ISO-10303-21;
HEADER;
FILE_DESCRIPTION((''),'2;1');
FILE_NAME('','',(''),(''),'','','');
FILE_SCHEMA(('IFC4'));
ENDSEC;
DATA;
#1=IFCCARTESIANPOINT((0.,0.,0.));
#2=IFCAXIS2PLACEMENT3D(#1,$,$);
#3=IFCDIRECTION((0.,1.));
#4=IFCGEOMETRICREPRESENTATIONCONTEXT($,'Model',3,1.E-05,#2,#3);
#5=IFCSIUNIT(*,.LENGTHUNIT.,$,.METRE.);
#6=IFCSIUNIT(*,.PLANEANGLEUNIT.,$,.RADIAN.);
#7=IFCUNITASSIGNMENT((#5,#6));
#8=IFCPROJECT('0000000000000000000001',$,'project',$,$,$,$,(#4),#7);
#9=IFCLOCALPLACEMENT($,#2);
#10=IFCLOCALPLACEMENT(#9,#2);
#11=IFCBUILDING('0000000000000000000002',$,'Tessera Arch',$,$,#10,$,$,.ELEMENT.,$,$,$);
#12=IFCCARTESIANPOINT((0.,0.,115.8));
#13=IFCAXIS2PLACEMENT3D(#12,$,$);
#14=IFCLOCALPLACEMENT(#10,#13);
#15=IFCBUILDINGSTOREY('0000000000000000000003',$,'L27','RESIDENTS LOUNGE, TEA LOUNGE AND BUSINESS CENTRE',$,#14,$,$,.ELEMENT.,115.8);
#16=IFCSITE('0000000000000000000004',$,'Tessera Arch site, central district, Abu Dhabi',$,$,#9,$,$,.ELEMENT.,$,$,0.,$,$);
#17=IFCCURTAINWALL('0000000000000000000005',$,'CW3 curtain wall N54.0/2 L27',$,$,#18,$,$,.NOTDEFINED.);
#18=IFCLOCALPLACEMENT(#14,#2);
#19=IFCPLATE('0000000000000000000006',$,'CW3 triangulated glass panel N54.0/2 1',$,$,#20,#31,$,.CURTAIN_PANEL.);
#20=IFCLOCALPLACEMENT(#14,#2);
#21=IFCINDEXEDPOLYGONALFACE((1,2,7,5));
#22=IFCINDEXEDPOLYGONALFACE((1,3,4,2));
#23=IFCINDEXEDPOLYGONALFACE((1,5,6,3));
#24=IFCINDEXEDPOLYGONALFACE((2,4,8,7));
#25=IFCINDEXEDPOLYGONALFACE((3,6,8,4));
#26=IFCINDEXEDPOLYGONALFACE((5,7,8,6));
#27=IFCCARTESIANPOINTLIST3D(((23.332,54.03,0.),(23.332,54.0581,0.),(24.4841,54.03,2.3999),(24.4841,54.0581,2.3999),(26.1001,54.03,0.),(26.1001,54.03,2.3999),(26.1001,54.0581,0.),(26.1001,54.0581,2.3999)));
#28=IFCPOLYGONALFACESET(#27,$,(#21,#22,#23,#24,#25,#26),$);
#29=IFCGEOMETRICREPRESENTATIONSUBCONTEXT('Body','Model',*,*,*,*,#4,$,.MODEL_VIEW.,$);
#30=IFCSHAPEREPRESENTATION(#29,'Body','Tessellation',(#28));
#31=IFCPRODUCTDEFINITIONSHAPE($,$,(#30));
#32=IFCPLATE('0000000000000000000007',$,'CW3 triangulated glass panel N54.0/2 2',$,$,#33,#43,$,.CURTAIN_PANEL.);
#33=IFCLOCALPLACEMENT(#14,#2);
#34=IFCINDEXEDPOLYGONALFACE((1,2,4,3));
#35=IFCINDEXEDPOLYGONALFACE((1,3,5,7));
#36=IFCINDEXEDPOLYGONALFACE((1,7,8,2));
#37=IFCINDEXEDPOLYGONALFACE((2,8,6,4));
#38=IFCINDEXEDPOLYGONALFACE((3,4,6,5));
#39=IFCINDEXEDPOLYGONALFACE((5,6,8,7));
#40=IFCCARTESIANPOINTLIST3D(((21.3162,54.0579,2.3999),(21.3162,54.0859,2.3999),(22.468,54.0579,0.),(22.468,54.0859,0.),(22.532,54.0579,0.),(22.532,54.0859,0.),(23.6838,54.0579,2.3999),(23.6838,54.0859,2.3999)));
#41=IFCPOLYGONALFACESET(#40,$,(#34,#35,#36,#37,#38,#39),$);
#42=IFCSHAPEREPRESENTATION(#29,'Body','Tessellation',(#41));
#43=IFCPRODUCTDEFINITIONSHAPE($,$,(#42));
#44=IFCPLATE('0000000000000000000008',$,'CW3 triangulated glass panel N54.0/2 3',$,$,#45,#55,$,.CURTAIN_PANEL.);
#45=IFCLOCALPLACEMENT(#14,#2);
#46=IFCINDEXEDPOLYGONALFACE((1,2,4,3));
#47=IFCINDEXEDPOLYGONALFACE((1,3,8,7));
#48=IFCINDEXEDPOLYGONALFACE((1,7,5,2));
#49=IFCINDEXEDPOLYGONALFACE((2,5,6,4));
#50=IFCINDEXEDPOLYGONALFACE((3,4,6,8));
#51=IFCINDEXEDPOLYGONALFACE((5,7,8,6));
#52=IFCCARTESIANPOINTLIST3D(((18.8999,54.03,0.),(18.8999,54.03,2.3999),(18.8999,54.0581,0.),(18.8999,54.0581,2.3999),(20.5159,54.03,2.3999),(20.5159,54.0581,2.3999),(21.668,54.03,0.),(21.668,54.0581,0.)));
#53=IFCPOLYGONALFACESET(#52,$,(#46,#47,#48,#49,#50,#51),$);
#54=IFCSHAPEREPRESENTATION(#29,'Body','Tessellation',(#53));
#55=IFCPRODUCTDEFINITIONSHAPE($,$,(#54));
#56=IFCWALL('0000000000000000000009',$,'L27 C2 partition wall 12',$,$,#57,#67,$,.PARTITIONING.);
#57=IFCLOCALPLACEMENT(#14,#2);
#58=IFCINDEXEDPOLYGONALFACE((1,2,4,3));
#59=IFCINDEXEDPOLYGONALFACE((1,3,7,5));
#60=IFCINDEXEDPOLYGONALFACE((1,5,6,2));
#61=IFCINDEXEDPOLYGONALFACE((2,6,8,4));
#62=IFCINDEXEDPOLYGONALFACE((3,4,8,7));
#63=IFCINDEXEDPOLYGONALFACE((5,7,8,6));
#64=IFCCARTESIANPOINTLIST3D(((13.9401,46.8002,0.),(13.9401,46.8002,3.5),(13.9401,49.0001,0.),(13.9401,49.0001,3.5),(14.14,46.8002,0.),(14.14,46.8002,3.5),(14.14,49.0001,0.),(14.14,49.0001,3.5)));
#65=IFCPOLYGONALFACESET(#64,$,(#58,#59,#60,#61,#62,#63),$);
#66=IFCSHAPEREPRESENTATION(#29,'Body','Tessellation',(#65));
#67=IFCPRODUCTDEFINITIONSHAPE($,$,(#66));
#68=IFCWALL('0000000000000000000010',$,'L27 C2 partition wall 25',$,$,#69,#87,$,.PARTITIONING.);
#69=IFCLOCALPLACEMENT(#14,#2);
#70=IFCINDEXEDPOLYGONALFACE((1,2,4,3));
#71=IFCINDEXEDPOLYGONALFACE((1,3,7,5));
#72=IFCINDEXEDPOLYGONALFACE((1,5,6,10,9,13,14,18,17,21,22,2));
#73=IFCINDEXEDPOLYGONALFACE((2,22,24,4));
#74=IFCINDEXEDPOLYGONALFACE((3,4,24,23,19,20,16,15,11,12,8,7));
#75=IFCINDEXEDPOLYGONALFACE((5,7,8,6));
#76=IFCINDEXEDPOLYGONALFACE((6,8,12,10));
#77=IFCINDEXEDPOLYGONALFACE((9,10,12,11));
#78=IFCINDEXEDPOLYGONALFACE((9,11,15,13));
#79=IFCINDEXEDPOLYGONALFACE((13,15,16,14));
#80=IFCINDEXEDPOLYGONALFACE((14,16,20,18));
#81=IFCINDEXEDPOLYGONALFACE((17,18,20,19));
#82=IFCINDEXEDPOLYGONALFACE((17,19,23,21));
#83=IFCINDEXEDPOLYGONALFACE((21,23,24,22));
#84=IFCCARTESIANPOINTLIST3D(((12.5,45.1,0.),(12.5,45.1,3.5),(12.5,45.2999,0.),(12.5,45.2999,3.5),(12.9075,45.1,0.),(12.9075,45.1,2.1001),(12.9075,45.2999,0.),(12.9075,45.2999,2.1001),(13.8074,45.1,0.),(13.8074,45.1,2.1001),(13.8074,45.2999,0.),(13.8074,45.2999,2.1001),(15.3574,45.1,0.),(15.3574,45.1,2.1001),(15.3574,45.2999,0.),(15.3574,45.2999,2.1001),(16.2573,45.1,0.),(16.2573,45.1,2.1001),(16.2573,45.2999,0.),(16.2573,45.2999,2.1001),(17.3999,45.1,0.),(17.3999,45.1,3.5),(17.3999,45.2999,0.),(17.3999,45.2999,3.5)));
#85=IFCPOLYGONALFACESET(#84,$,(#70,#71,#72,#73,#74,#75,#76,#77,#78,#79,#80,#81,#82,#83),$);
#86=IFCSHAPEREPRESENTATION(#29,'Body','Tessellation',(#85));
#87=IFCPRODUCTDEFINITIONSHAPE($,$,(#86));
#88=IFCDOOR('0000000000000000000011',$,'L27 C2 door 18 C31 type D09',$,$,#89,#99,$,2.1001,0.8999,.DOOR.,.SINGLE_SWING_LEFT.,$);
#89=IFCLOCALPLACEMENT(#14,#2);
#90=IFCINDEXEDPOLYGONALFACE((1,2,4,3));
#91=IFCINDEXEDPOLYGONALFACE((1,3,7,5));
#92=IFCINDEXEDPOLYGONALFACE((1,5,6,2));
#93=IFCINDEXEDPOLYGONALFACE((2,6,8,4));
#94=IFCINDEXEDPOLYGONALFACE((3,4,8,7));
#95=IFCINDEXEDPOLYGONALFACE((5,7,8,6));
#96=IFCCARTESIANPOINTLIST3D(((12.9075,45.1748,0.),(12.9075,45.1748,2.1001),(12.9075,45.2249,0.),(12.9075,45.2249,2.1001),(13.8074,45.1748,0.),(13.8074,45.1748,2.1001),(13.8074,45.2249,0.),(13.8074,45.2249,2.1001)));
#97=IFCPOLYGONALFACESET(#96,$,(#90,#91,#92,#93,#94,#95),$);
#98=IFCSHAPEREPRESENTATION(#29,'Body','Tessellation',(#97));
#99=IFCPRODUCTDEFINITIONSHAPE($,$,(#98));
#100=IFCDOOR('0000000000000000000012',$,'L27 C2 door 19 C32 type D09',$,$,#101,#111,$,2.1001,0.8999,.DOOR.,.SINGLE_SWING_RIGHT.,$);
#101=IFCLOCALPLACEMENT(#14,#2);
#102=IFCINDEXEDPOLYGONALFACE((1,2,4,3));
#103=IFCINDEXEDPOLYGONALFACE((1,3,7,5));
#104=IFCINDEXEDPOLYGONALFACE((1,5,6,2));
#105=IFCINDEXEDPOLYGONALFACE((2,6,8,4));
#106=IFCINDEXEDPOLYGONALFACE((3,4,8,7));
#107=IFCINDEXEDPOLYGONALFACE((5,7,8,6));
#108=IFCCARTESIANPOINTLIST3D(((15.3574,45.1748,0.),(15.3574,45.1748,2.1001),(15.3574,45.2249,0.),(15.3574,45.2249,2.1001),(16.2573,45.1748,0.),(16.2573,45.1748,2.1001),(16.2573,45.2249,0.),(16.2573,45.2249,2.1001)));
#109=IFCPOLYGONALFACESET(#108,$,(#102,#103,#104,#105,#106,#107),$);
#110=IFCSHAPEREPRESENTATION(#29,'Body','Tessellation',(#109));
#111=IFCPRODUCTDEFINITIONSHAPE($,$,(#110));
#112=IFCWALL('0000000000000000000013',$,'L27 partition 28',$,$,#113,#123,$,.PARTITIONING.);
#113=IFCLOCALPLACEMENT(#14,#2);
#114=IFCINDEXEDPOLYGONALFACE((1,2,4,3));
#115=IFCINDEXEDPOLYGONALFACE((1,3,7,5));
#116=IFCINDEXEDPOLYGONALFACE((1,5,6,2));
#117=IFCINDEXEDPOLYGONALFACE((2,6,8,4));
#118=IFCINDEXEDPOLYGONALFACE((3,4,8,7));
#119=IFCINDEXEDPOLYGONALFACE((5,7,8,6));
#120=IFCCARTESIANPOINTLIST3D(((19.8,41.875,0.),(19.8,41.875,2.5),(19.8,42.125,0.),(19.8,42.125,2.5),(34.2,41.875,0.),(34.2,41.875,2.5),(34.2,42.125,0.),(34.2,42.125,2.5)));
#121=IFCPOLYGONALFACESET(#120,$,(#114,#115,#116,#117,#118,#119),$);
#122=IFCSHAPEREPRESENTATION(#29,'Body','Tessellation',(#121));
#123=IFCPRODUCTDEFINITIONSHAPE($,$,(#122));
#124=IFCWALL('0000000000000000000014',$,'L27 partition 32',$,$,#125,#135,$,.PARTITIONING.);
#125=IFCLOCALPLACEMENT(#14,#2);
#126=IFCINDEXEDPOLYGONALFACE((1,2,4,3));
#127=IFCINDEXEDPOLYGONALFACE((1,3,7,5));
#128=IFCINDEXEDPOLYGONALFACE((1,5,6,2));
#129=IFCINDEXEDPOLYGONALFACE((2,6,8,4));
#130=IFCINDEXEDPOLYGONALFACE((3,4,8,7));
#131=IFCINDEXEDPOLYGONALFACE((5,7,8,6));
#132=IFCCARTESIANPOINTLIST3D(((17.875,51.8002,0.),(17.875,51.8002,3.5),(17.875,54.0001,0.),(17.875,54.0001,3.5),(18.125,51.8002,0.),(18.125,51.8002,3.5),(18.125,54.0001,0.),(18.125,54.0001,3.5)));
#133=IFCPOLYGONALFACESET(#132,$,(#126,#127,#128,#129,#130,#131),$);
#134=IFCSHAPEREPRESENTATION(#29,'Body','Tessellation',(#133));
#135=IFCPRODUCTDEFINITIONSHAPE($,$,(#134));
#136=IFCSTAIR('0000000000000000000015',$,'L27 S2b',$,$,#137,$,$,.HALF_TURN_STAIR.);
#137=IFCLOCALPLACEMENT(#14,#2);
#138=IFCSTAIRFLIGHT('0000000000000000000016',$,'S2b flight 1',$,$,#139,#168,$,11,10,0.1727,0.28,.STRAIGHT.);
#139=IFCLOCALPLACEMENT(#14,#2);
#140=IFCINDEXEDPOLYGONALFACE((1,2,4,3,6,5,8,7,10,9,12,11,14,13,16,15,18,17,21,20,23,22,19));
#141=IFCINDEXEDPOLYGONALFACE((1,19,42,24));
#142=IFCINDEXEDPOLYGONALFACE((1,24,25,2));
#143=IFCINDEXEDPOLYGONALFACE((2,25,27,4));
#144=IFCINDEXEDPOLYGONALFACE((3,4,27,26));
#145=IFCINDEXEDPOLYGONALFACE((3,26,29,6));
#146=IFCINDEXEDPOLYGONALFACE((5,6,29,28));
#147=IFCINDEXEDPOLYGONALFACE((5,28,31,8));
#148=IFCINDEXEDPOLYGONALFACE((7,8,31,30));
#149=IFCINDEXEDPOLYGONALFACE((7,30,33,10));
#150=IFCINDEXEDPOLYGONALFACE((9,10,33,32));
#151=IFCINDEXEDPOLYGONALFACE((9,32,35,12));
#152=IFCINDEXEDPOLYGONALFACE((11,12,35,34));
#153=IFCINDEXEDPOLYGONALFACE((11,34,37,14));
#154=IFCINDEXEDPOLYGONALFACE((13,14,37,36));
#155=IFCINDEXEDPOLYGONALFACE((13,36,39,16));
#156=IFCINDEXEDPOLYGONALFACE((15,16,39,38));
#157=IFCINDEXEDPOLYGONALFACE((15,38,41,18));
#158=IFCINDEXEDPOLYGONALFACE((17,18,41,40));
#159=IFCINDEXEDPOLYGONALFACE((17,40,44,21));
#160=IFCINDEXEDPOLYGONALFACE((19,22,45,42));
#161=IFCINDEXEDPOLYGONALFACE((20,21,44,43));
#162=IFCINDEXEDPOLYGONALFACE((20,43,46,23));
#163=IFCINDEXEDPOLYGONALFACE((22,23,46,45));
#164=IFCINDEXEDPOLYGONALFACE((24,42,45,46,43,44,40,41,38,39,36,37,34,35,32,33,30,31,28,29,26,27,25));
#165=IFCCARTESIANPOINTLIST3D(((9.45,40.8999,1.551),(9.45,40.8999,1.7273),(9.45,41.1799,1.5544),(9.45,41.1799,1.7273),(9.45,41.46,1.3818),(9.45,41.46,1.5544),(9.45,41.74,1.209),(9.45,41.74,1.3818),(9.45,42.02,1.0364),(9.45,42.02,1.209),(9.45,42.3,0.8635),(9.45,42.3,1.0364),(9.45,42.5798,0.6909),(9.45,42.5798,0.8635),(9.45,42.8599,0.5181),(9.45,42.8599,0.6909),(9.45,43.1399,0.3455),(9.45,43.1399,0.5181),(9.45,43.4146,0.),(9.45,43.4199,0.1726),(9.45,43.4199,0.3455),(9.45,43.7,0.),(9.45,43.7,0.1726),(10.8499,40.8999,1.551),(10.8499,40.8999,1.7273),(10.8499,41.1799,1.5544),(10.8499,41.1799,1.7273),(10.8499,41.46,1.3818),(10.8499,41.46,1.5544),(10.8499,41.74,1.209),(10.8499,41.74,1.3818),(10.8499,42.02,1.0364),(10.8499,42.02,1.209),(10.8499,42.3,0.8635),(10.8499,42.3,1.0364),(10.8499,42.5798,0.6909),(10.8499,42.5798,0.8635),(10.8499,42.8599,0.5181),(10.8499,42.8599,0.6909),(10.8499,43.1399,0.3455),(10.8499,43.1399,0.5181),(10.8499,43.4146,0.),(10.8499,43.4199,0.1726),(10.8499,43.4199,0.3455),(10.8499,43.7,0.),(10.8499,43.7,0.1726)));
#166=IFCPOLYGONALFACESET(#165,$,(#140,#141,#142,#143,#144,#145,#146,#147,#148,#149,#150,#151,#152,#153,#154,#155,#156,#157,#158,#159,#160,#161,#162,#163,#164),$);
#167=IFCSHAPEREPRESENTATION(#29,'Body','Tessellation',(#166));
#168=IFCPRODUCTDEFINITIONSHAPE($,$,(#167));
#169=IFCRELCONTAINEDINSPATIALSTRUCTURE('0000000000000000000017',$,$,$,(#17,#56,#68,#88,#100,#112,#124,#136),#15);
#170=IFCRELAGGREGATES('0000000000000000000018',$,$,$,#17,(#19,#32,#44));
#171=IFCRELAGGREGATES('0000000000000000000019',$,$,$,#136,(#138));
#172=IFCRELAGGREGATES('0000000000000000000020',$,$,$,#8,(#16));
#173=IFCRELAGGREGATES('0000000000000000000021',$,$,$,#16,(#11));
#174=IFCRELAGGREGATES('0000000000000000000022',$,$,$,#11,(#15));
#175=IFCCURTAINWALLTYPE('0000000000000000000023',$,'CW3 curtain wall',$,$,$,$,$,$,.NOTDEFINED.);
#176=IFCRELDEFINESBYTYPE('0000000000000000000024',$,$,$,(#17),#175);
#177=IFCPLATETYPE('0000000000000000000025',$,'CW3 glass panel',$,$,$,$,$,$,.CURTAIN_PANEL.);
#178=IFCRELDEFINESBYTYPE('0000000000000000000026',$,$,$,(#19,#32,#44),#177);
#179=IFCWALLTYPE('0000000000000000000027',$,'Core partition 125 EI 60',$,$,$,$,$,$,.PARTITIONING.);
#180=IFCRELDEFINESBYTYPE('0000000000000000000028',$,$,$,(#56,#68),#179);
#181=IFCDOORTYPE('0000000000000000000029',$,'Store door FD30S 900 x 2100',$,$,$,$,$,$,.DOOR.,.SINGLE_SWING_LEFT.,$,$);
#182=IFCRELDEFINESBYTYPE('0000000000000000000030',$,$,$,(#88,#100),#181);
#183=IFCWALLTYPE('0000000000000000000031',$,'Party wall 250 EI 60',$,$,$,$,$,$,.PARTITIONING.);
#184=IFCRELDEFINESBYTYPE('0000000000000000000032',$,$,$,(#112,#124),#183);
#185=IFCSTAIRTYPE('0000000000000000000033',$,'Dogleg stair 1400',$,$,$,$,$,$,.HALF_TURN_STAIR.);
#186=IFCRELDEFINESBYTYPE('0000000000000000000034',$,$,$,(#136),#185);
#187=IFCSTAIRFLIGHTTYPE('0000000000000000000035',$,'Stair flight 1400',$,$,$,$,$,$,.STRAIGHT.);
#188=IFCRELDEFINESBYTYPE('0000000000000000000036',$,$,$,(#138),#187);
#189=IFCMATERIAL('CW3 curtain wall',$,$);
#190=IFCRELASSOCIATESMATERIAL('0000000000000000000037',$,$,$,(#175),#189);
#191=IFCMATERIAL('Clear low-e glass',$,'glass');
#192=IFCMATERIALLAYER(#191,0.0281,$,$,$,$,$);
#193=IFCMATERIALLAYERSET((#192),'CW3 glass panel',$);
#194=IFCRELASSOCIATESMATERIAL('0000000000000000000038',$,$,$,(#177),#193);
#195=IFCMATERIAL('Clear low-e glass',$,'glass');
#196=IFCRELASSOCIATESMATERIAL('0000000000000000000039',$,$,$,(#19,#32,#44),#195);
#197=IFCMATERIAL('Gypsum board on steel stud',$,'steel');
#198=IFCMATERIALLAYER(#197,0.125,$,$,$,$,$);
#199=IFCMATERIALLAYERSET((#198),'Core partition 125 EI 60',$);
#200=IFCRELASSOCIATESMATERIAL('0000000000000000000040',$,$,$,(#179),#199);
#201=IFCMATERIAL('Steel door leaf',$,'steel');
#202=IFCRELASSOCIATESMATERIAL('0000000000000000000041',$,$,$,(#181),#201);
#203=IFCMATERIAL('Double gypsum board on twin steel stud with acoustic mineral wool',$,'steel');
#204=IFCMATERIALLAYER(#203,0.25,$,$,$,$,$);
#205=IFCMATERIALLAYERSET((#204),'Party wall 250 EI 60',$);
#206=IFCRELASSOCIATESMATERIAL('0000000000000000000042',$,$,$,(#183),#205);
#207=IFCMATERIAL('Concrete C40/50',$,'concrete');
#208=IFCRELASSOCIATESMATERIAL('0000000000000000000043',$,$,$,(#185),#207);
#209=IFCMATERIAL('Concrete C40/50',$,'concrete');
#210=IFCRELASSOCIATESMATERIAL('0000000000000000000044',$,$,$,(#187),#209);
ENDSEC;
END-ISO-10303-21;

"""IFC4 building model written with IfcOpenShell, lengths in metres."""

from ifc_helpers import new_model, si_unit, direction, frame, frame_2d, origin, place, context, subcontext, project, spatial, polyline, rectangle, outline, extrude, material, layer, layer_set, type_object, element, fill, aggregate, save


model = new_model("IFC4")

# Units and contexts
model_context = context("Model", 3, precision=1e-05, world=origin(), true_north=direction((0.0, 1.0)))
body_context = subcontext(model_context, "Body", "Model", "MODEL_VIEW")
ifc_project = project(units=[si_unit("LENGTHUNIT", "METRE"), si_unit("PLANEANGLEUNIT", "RADIAN")], contexts=[model_context])

# Site, building, storey
site_placement = place(None, origin())
site = spatial("IfcSite", under=ifc_project, at=site_placement, Name="Tessera Arch site, central district, Abu Dhabi", CompositionType="ELEMENT", RefElevation=0.0)
building_placement = place(site_placement, origin())
building = spatial("IfcBuilding", under=site, at=building_placement, Name="Tessera Arch", CompositionType="ELEMENT")
storey_placement = place(building_placement, frame((0.0, 0.0, 115.8)))
storey = spatial("IfcBuildingStorey", under=building, at=storey_placement, Name="L27", Description="RESIDENTS LOUNGE, TEA LOUNGE AND BUSINESS CENTRE", CompositionType="ELEMENT", Elevation=115.8)

# Curtain wall
ifc_material_1 = material(Name="CW3 curtain wall")
curtain_wall_type_1 = type_object("IfcCurtainWallType", Name="CW3 curtain wall", PredefinedType="NOTDEFINED", material=ifc_material_1)
curtain_wall_1_placement = place(storey_placement, origin())
curtain_wall_1 = element("IfcCurtainWall", 1, at=curtain_wall_1_placement, inside=storey, type_object=curtain_wall_type_1, Name="CW3 curtain wall N54.0/2 L27", PredefinedType="NOTDEFINED")

# Plates
ifc_material_2 = material(Name="Clear low-e glass", Category="glass")
ifc_material_3 = material(Name="Clear low-e glass", Category="glass")
ifc_layer_1 = layer(ifc_material_3, 0.0281)
ifc_layer_set_1 = layer_set([ifc_layer_1], Name="CW3 glass panel")
plate_type_1 = type_object("IfcPlateType", Name="CW3 glass panel", PredefinedType="CURTAIN_PANEL", material=ifc_layer_set_1)
plate_1_placement = place(storey_placement, frame((26.1001, 54.0581, 0.0), z_axis=(0.0, 1.0, 0.0), x_axis=(-1.0, 0.0, 0.0)))
plate_1 = element("IfcPlate", 2, at=plate_1_placement, type_object=plate_type_1, material=ifc_material_2, Name="CW3 triangulated glass panel N54.0/2 1", PredefinedType="CURTAIN_PANEL", context=body_context, shape_type="SweptSolid", body=[
    extrude(outline(polyline([(0.0, 0.0), (2.7681, 0.0), (1.616, 2.3999), (0.0, 2.3999), (0.0, 0.0)])), origin(), (0.0, 0.0, -1.0), 0.0281),
])
plate_2_placement = place(storey_placement, frame((21.3162, 54.0859, 2.3999), z_axis=(0.0, 1.0, 0.0), x_axis=(1.0, 0.0, 0.0)))
plate_2 = element("IfcPlate", 3, at=plate_2_placement, type_object=plate_type_1, material=ifc_material_2, Name="CW3 triangulated glass panel N54.0/2 2", PredefinedType="CURTAIN_PANEL", context=body_context, shape_type="SweptSolid", body=[
    extrude(outline(polyline([(0.0, 0.0), (2.3677, 0.0), (1.2158, 2.3999), (1.1519, 2.3999), (0.0, 0.0)])), origin(), (0.0, 0.0, -1.0), 0.0281),
])
plate_3_placement = place(storey_placement, frame((18.8999, 54.0581, 2.3999), z_axis=(0.0, 1.0, 0.0), x_axis=(1.0, 0.0, 0.0)))
plate_3 = element("IfcPlate", 4, at=plate_3_placement, type_object=plate_type_1, material=ifc_material_2, Name="CW3 triangulated glass panel N54.0/2 3", PredefinedType="CURTAIN_PANEL", context=body_context, shape_type="SweptSolid", body=[
    extrude(outline(polyline([(0.0, 0.0), (1.616, 0.0), (2.7681, 2.3999), (0.0, 2.3999), (0.0, 0.0)])), origin(), (0.0, 0.0, -1.0), 0.0281),
])
aggregate(curtain_wall_1, [plate_1, plate_2, plate_3])

# Wall
ifc_material_4 = material(Name="Gypsum board on steel stud", Category="steel")
ifc_layer_2 = layer(ifc_material_4, 0.125)
ifc_layer_set_2 = layer_set([ifc_layer_2], Name="Core partition 125 EI 60")
wall_type_1 = type_object("IfcWallType", Name="Core partition 125 EI 60", PredefinedType="PARTITIONING", material=ifc_layer_set_2)
wall_1_placement = place(storey_placement, frame((14.04, 46.8, 0.0), z_axis=(0.0, 0.0, 1.0), x_axis=(0.0, 1.0, 0.0)))
element("IfcWall", 5, at=wall_1_placement, inside=storey, type_object=wall_type_1, Name="L27 C2 partition wall 12", PredefinedType="PARTITIONING", context=body_context, shape_type="SweptSolid", body=[
    extrude(rectangle(XDim=2.2, YDim=0.2, at=frame_2d((1.1001, 0.0))), origin(), (0.0, 0.0, 1.0), 3.5),
])

# Wall, openings, doors
wall_2_placement = place(storey_placement, frame((12.5, 45.2, 0.0), z_axis=(0.0, 0.0, 1.0), x_axis=(1.0, 0.0, 0.0)))
wall_2 = element("IfcWall", 6, at=wall_2_placement, inside=storey, type_object=wall_type_1, Name="L27 C2 partition wall 25", PredefinedType="PARTITIONING", context=body_context, shape_type="SweptSolid", body=[
    extrude(rectangle(XDim=4.8999, YDim=0.2, at=frame_2d((2.45, 0.0))), origin(), (0.0, 0.0, 1.0), 3.5),
])
opening_1_placement = place(wall_2_placement, frame((0.4075, 0.0, 0.0)))
opening_1 = element("IfcOpeningElement", 7, at=opening_1_placement, cuts=wall_2, PredefinedType="OPENING", context=body_context, shape_type="SweptSolid", body=[
    extrude(rectangle(XDim=0.8999, YDim=2.1001, at=frame_2d((0.45, 1.05))), frame((0.0, 0.1099, 0.0), z_axis=(0.0, -1.0, 0.0), x_axis=(1.0, 0.0, 0.0)), (0.0, 0.0, 1.0), 0.22),
])
opening_2_placement = place(wall_2_placement, frame((2.8574, 0.0, 0.0)))
opening_2 = element("IfcOpeningElement", 8, at=opening_2_placement, cuts=wall_2, PredefinedType="OPENING", context=body_context, shape_type="SweptSolid", body=[
    extrude(rectangle(XDim=0.8999, YDim=2.1001, at=frame_2d((0.45, 1.05))), frame((0.0, 0.1099, 0.0), z_axis=(0.0, -1.0, 0.0), x_axis=(1.0, 0.0, 0.0)), (0.0, 0.0, 1.0), 0.22),
])
ifc_material_5 = material(Name="Steel door leaf", Category="steel")
door_type = type_object("IfcDoorType", Name="Store door FD30S 900 x 2100", OperationType="SINGLE_SWING_LEFT", PredefinedType="DOOR", material=ifc_material_5)
door_1_placement = place(opening_1_placement, origin())
door_1 = element("IfcDoor", 9, at=door_1_placement, inside=storey, type_object=door_type, Name="L27 C2 door 18 C31 type D09", OperationType="SINGLE_SWING_LEFT", OverallHeight=2.1001, OverallWidth=0.8999, PredefinedType="DOOR", context=body_context, shape_type="SweptSolid", body=[
    extrude(rectangle(XDim=0.8999, YDim=2.1001, at=frame_2d((0.45, 1.05))), frame((0.0, 0.0249, 0.0), z_axis=(0.0, -1.0, 0.0), x_axis=(1.0, 0.0, 0.0)), (0.0, 0.0, 1.0), 0.05),
])
fill(opening_1, door_1)
door_2_placement = place(opening_2_placement, origin())
door_2 = element("IfcDoor", 10, at=door_2_placement, inside=storey, type_object=door_type, Name="L27 C2 door 19 C32 type D09", OperationType="SINGLE_SWING_RIGHT", OverallHeight=2.1001, OverallWidth=0.8999, PredefinedType="DOOR", context=body_context, shape_type="SweptSolid", body=[
    extrude(rectangle(XDim=0.8999, YDim=2.1001, at=frame_2d((0.45, 1.05))), frame((0.0, 0.0249, 0.0), z_axis=(0.0, -1.0, 0.0), x_axis=(1.0, 0.0, 0.0)), (0.0, 0.0, 1.0), 0.05),
])
fill(opening_2, door_2)

# Walls
ifc_material_6 = material(Name="Double gypsum board on twin steel stud with acoustic mineral wool", Category="steel")
ifc_layer_3 = layer(ifc_material_6, 0.25)
ifc_layer_set_3 = layer_set([ifc_layer_3], Name="Party wall 250 EI 60")
wall_type_2 = type_object("IfcWallType", Name="Party wall 250 EI 60", PredefinedType="PARTITIONING", material=ifc_layer_set_3)
wall_3_placement = place(storey_placement, frame((19.8, 42.0, 0.0), z_axis=(0.0, 0.0, 1.0), x_axis=(1.0, 0.0, 0.0)))
element("IfcWall", 11, at=wall_3_placement, inside=storey, type_object=wall_type_2, Name="L27 partition 28", PredefinedType="PARTITIONING", context=body_context, shape_type="SweptSolid", body=[
    extrude(rectangle(XDim=14.3999, YDim=0.25, at=frame_2d((7.2, 0.0))), origin(), (0.0, 0.0, 1.0), 2.5),
])
wall_4_placement = place(storey_placement, frame((18.0, 51.8, 0.0), z_axis=(0.0, 0.0, 1.0), x_axis=(0.0, 1.0, 0.0)))
element("IfcWall", 12, at=wall_4_placement, inside=storey, type_object=wall_type_2, Name="L27 partition 32", PredefinedType="PARTITIONING", context=body_context, shape_type="SweptSolid", body=[
    extrude(rectangle(XDim=2.2, YDim=0.25, at=frame_2d((1.1001, 0.0))), origin(), (0.0, 0.0, 1.0), 3.5),
])

# Stair, stair flight
ifc_material_7 = material(Name="Concrete C40/50", Category="concrete")
stair_type = type_object("IfcStairType", Name="Dogleg stair 1400", PredefinedType="HALF_TURN_STAIR", material=ifc_material_7)
stair_placement = place(storey_placement, origin())
stair = element("IfcStair", 13, at=stair_placement, inside=storey, type_object=stair_type, Name="L27 S2b", PredefinedType="HALF_TURN_STAIR")
ifc_material_8 = material(Name="Concrete C40/50", Category="concrete")
stair_flight_type = type_object("IfcStairFlightType", Name="Stair flight 1400", PredefinedType="STRAIGHT", material=ifc_material_8)
stair_flight_placement = place(storey_placement, frame((10.1499, 43.7, 0.0), z_axis=(0.0, 0.0, 1.0), x_axis=(0.0, -1.0, 0.0)))
stair_flight = element("IfcStairFlight", 14, at=stair_flight_placement, type_object=stair_flight_type, Name="S2b flight 1", NumberOfRisers=11, NumberOfTreads=10, PredefinedType="STRAIGHT", RiserHeight=0.1727, TreadLength=0.28, context=body_context, shape_type="SweptSolid", body=[
    extrude(outline(polyline([(0.0, 0.0), (0.0, 0.1726), (0.28, 0.1726), (0.28, 0.3455), (0.5601, 0.3455), (0.5601, 0.5181), (0.8401, 0.5181), (0.8401, 0.6909), (1.1201, 0.6909), (1.1201, 0.8635), (1.3999, 0.8635), (1.3999, 1.0364), (1.6799, 1.0364), (1.6799, 1.209), (1.96, 1.209), (1.96, 1.3818), (2.24, 1.3818), (2.24, 1.5544), (2.52, 1.5544), (2.52, 1.7273), (2.8, 1.7273), (2.8, 1.8999), (2.8, 1.551), (0.2854, 0.0), (0.0, 0.0)])), frame((0.0, 0.7, 0.0), z_axis=(0.0, -1.0, 0.0), x_axis=(1.0, 0.0, 0.0)), (0.0, 0.0, 1.0), 1.3999),
])
aggregate(stair, [stair_flight])

save(model, "model.ifc")
